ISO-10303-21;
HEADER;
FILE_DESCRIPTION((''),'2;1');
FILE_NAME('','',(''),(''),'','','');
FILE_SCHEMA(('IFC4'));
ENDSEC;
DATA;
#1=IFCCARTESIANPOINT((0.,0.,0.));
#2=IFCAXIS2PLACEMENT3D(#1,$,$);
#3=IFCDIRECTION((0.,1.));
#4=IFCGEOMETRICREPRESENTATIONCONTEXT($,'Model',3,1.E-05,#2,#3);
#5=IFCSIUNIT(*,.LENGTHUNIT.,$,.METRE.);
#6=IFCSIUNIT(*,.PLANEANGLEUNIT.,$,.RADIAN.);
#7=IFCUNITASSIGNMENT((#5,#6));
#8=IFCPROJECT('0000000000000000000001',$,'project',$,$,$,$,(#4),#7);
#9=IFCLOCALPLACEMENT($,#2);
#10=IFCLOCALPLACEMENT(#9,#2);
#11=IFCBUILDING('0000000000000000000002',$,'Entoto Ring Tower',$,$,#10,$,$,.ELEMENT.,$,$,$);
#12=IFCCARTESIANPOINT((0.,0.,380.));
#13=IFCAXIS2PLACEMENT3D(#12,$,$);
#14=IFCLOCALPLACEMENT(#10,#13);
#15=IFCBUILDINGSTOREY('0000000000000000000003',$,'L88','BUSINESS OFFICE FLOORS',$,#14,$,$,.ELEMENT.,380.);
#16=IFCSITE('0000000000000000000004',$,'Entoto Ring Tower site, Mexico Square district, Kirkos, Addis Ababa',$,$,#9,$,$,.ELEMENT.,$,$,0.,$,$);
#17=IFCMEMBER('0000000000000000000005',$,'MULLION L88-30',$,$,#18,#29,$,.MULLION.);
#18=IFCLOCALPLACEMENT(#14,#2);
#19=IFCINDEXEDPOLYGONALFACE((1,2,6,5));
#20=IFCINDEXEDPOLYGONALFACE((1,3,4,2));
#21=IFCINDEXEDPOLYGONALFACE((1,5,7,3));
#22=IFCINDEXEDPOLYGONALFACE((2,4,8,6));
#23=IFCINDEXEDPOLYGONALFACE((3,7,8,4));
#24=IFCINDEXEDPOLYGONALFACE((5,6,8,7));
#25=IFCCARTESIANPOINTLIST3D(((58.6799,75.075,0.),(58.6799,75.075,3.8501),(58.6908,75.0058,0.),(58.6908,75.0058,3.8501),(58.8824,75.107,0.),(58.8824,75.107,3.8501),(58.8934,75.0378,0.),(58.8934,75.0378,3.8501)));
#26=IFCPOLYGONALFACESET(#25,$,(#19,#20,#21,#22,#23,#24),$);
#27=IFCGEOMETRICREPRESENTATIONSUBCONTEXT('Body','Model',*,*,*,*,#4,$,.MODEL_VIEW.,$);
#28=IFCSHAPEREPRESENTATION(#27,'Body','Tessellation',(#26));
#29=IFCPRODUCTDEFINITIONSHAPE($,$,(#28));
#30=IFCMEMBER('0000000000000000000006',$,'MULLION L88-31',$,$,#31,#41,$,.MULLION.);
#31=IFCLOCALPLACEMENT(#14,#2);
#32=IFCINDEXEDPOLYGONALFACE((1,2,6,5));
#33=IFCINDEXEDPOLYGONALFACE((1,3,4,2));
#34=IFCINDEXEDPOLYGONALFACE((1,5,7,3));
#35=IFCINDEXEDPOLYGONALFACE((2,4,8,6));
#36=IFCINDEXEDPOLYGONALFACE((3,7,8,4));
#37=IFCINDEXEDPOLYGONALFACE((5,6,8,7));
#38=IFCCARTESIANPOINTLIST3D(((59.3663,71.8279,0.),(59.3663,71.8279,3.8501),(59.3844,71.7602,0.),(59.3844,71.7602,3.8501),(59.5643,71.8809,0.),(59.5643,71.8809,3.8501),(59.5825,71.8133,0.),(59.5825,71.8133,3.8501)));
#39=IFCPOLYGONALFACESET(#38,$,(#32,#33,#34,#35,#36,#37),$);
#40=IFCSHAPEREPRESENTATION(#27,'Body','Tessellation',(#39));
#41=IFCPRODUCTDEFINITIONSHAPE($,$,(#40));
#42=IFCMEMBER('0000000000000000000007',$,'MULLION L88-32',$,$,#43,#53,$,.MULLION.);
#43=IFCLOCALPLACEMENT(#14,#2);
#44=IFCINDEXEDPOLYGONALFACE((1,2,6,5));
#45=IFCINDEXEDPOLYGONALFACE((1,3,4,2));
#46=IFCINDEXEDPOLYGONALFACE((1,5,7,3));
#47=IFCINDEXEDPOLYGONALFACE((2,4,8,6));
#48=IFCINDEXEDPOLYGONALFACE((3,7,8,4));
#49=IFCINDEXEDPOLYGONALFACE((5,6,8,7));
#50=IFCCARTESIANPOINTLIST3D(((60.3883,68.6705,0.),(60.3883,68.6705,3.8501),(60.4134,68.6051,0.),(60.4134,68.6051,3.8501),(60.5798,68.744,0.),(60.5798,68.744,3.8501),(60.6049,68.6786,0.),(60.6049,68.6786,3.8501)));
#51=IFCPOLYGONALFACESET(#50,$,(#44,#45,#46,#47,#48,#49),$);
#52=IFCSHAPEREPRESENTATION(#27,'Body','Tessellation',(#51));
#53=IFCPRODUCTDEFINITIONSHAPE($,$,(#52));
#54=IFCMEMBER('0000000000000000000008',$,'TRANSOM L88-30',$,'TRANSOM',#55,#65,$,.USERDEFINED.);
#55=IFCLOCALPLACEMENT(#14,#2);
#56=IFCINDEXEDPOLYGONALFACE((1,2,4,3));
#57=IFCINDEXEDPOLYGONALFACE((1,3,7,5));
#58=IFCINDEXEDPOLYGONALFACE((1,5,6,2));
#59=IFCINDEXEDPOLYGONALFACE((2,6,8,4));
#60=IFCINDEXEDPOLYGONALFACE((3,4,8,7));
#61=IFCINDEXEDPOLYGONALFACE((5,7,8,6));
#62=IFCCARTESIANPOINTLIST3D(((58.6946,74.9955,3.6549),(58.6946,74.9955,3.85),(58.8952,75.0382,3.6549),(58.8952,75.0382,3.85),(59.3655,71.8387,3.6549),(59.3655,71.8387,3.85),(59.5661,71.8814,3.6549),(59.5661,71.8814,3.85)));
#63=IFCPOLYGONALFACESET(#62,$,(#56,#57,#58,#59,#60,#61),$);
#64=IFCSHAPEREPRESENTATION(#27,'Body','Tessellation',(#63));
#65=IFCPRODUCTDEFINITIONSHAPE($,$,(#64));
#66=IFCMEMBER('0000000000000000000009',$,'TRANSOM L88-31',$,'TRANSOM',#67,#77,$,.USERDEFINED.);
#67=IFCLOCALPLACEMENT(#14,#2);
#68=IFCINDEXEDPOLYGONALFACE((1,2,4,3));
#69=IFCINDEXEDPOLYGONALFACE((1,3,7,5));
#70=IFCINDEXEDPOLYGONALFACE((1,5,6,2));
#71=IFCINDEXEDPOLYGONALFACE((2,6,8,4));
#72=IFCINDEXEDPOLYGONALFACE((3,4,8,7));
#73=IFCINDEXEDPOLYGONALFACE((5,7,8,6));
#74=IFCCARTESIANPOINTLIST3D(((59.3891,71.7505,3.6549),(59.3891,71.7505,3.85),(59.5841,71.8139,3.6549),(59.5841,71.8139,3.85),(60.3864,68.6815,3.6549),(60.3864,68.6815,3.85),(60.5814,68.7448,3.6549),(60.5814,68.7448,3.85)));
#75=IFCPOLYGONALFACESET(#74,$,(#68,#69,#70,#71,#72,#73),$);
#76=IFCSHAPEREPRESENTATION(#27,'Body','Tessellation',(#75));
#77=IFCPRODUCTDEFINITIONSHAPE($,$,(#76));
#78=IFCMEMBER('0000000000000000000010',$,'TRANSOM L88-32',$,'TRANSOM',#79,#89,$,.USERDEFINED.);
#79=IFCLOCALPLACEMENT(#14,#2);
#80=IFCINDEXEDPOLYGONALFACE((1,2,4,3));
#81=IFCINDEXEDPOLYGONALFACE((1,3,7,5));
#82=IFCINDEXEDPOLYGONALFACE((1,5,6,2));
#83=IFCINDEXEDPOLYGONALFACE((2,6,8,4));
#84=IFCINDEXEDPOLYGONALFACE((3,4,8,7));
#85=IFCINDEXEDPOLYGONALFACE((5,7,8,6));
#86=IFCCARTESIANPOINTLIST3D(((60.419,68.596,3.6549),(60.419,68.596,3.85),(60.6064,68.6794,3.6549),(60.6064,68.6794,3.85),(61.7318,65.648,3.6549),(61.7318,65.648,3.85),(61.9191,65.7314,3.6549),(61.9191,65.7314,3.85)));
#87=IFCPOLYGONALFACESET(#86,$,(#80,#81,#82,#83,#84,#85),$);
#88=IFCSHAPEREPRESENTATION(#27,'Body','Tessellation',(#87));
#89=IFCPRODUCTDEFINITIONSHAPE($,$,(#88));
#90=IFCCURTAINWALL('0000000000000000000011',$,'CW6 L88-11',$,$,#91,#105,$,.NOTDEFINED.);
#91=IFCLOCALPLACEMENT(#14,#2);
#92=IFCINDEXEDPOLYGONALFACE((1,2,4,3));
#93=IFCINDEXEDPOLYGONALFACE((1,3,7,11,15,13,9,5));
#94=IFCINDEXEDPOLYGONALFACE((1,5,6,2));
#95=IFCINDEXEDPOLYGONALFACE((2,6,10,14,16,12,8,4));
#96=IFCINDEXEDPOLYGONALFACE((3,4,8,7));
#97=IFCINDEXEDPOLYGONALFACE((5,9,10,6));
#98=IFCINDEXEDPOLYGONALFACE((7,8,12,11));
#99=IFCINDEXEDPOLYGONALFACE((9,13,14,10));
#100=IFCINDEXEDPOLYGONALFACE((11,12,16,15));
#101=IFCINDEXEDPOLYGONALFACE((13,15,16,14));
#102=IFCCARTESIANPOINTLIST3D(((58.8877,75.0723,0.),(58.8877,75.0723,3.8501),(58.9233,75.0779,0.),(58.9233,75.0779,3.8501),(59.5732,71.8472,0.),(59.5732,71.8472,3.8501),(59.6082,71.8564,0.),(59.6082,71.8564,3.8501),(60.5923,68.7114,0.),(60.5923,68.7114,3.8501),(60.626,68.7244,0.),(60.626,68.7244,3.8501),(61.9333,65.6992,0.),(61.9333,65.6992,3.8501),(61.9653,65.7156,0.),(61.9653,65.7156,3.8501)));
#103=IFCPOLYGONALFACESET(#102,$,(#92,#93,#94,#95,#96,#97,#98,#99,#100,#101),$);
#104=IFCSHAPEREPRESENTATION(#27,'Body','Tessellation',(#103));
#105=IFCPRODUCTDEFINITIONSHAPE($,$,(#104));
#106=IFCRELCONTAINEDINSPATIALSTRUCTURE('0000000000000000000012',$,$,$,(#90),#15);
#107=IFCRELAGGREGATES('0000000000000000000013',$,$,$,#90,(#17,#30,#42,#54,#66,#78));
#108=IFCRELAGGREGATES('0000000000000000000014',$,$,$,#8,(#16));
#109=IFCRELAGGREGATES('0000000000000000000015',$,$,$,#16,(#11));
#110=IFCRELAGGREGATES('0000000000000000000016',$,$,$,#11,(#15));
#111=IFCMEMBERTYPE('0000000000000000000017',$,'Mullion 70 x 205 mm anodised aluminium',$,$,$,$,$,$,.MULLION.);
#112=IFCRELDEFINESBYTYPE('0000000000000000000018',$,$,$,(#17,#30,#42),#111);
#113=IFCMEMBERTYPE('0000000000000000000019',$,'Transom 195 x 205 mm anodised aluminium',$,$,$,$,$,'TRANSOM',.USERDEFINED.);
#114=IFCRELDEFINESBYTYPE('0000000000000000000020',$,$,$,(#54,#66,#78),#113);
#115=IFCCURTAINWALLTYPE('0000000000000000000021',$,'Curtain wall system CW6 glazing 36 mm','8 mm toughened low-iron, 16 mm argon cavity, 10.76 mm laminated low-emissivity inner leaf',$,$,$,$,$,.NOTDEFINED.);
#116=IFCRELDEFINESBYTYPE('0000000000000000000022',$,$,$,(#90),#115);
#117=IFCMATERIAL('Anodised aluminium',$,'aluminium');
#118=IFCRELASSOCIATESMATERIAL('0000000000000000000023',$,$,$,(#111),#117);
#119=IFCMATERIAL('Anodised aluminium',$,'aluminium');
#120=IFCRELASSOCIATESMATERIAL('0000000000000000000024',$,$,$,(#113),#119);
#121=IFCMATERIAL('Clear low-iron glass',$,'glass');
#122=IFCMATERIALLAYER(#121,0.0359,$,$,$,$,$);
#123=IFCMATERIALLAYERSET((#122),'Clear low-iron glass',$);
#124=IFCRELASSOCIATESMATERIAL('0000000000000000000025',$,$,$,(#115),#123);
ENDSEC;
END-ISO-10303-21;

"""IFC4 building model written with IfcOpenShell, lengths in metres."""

from ifc_helpers import new_model, si_unit, direction, frame, origin, origin_2d, place, context, subcontext, project, spatial, polyline, rectangle, outline, extrude, material, layer, layer_set, material_profile, profile_set, type_object, element, aggregate, save


model = new_model("IFC4")

# Units and contexts
model_context = context("Model", 3, precision=1e-05, world=origin(), true_north=direction((0.0, 1.0)))
body_context = subcontext(model_context, "Body", "Model", "MODEL_VIEW")
ifc_project = project(units=[si_unit("LENGTHUNIT", "METRE"), si_unit("PLANEANGLEUNIT", "RADIAN")], contexts=[model_context])

# Members
ifc_material_1 = material(Name="Anodised aluminium", Category="aluminium")
ifc_material_profile_1 = material_profile(ifc_material_1, rectangle(XDim=0.0701, YDim=0.2051, at=origin_2d()), Name="Mullion 70 x 205 mm anodised aluminium")
ifc_profile_set_1 = profile_set([ifc_material_profile_1], Name="Anodised aluminium")
member_type_1 = type_object("IfcMemberType", Name="Mullion 70 x 205 mm anodised aluminium", PredefinedType="MULLION", material=ifc_profile_set_1)
site_placement = place(None, origin())
building_placement = place(site_placement, origin())
storey_placement = place(building_placement, frame((0.0, 0.0, 380.0)))
member_1_placement = place(storey_placement, frame((58.7866, 75.0564, 0.0), z_axis=(0.0, 0.0, 1.0), x_axis=(0.156434, -0.987688, 0.0)))
member_1 = element("IfcMember", 1, at=member_1_placement, type_object=member_type_1, Name="MULLION L88-30", PredefinedType="MULLION", context=body_context, shape_type="SweptSolid", body=[
    extrude(rectangle(XDim=0.0701, YDim=0.2051, at=origin_2d()), origin(), (0.0, 0.0, 1.0), 3.8501),
])
member_2_placement = place(storey_placement, frame((59.4744, 71.8206, 0.0), z_axis=(0.0, 0.0, 1.0), x_axis=(0.258819, -0.965926, 0.0)))
member_2 = element("IfcMember", 2, at=member_2_placement, type_object=member_type_1, Name="MULLION L88-31", PredefinedType="MULLION", context=body_context, shape_type="SweptSolid", body=[
    extrude(rectangle(XDim=0.0701, YDim=0.2051, at=origin_2d()), origin(), (0.0, 0.0, 1.0), 3.8501),
])
member_3_placement = place(storey_placement, frame((60.4966, 68.6746, 0.0), z_axis=(0.0, 0.0, 1.0), x_axis=(0.358368, -0.93358, 0.0)))
member_3 = element("IfcMember", 3, at=member_3_placement, type_object=member_type_1, Name="MULLION L88-32", PredefinedType="MULLION", context=body_context, shape_type="SweptSolid", body=[
    extrude(rectangle(XDim=0.0701, YDim=0.2051, at=origin_2d()), origin(), (0.0, 0.0, 1.0), 3.8501),
])
ifc_material_2 = material(Name="Anodised aluminium", Category="aluminium")
ifc_material_profile_2 = material_profile(ifc_material_2, rectangle(XDim=0.2051, YDim=0.1951, at=origin_2d()), Name="Transom 195 x 205 mm anodised aluminium")
ifc_profile_set_2 = profile_set([ifc_material_profile_2], Name="Anodised aluminium")
member_type_2 = type_object("IfcMemberType", Name="Transom 195 x 205 mm anodised aluminium", ElementType="TRANSOM", PredefinedType="USERDEFINED", material=ifc_profile_set_2)
member_4_placement = place(storey_placement, frame((58.7949, 75.0168, 3.7524), z_axis=(0.207886, -0.978153, 0.0), x_axis=(0.978153, 0.207886, 0.0)))
member_4 = element("IfcMember", 4, at=member_4_placement, type_object=member_type_2, Name="TRANSOM L88-30", ObjectType="TRANSOM", PredefinedType="USERDEFINED", context=body_context, shape_type="SweptSolid", body=[
    extrude(rectangle(XDim=0.2051, YDim=0.1951, at=origin_2d()), origin(), (0.0, 0.0, 1.0), 3.2273),
])
member_5_placement = place(storey_placement, frame((59.4866, 71.7822, 3.7524), z_axis=(0.309047, -0.951047, 0.0), x_axis=(0.951047, 0.309047, 0.0)))
member_5 = element("IfcMember", 5, at=member_5_placement, type_object=member_type_2, Name="TRANSOM L88-31", ObjectType="TRANSOM", PredefinedType="USERDEFINED", context=body_context, shape_type="SweptSolid", body=[
    extrude(rectangle(XDim=0.2051, YDim=0.1951, at=origin_2d()), origin(), (0.0, 0.0, 1.0), 3.2271),
])
member_6_placement = place(storey_placement, frame((60.5127, 68.6377, 3.7524), z_axis=(0.406791, -0.913521, 0.0), x_axis=(0.913521, 0.406791, 0.0)))
member_6 = element("IfcMember", 6, at=member_6_placement, type_object=member_type_2, Name="TRANSOM L88-32", ObjectType="TRANSOM", PredefinedType="USERDEFINED", context=body_context, shape_type="SweptSolid", body=[
    extrude(rectangle(XDim=0.2051, YDim=0.1951, at=origin_2d()), origin(), (0.0, 0.0, 1.0), 3.2271),
])

# Site, building, storey
site = spatial("IfcSite", under=ifc_project, at=site_placement, Name="Entoto Ring Tower site, Mexico Square district, Kirkos, Addis Ababa", CompositionType="ELEMENT", RefElevation=0.0)
building = spatial("IfcBuilding", under=site, at=building_placement, Name="Entoto Ring Tower", CompositionType="ELEMENT")
storey = spatial("IfcBuildingStorey", under=building, at=storey_placement, Name="L88", Description="BUSINESS OFFICE FLOORS", CompositionType="ELEMENT", Elevation=380.0)

# Curtain wall
ifc_material_3 = material(Name="Clear low-iron glass", Category="glass")
ifc_layer = layer(ifc_material_3, 0.0359)
ifc_layer_set = layer_set([ifc_layer], Name="Clear low-iron glass")
curtain_wall_type = type_object("IfcCurtainWallType", Name="Curtain wall system CW6 glazing 36 mm", Description="8 mm toughened low-iron, 16 mm argon cavity, 10.76 mm laminated low-emissivity inner leaf", PredefinedType="NOTDEFINED", material=ifc_layer_set)
curtain_wall_1_placement = place(storey_placement, origin())
curtain_wall_1 = element("IfcCurtainWall", 7, at=curtain_wall_1_placement, inside=storey, type_object=curtain_wall_type, Name="CW6 L88-11", PredefinedType="NOTDEFINED", context=body_context, shape_type="SweptSolid", body=[
    extrude(outline(polyline([(58.8877, 75.0723), (59.5732, 71.8472), (60.5923, 68.7114), (61.9333, 65.6992), (61.9653, 65.7156), (60.626, 68.7244), (59.6082, 71.8564), (58.9233, 75.0779), (58.8877, 75.0723)])), origin(), (0.0, 0.0, 1.0), 3.8501),
])
aggregate(curtain_wall_1, [member_1, member_2, member_3, member_4, member_5, member_6])

save(model, "model.ifc")
